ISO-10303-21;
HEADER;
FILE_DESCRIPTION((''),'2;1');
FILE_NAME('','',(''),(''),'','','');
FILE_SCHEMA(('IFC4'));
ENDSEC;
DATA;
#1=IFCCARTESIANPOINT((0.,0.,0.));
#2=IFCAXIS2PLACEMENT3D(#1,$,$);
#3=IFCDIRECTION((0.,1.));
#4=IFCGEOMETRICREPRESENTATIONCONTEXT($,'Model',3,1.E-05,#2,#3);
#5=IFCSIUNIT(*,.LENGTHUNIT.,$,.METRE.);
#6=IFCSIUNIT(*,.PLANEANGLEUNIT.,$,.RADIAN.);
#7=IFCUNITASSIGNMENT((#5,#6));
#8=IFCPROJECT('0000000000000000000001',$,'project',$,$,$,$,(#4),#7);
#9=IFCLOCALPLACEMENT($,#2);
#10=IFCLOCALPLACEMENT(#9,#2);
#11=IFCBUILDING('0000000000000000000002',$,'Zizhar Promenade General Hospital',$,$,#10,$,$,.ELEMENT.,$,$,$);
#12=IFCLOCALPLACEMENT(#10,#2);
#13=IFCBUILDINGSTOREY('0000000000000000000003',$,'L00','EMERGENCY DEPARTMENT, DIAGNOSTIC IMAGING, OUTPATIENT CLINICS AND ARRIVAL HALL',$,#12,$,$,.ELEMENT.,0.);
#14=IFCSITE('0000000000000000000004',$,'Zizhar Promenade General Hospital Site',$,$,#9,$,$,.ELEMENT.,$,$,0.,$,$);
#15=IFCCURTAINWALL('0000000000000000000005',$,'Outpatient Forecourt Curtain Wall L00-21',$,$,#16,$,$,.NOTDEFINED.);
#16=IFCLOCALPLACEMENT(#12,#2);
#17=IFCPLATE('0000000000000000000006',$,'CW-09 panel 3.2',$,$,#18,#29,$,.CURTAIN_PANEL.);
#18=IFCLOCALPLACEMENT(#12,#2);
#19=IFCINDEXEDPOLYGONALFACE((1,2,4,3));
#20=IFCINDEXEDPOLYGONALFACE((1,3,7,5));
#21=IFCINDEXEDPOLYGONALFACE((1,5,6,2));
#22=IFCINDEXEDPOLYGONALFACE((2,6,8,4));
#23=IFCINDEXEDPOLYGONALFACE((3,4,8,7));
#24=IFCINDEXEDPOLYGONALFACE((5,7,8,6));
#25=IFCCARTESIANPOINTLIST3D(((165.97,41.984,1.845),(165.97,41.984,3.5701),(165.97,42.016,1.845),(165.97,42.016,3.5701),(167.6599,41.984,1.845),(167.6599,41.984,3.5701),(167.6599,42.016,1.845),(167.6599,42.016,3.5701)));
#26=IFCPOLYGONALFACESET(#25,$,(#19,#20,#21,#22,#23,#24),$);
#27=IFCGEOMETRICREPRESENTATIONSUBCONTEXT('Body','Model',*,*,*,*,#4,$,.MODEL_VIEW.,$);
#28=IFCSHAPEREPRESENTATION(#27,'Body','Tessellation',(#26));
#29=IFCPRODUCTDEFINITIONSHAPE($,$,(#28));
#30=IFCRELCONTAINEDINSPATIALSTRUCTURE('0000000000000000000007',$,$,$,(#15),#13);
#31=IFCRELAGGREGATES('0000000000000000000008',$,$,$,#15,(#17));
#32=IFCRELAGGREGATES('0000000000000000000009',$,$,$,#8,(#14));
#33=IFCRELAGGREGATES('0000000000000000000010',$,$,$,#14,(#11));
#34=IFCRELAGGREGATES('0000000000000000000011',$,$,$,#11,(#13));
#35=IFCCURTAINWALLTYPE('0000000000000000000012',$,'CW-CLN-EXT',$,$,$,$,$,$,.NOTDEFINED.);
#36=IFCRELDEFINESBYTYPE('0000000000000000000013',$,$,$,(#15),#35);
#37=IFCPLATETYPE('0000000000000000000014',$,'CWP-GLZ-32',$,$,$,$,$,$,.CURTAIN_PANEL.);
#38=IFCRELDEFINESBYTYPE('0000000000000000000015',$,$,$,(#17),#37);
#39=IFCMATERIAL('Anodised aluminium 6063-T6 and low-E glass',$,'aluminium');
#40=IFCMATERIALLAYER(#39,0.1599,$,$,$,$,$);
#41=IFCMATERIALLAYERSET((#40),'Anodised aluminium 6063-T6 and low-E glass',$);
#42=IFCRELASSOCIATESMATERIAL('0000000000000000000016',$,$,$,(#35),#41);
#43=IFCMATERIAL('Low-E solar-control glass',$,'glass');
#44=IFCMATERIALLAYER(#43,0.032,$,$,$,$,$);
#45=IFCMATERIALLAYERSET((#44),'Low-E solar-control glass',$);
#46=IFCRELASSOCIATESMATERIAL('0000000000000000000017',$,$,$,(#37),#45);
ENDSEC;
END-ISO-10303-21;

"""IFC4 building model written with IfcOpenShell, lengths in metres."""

from ifc_helpers import new_model, si_unit, direction, frame, origin, origin_2d, place, context, subcontext, project, spatial, rectangle, extrude, material, layer, layer_set, type_object, element, aggregate, save


model = new_model("IFC4")

# Units and contexts
model_context = context("Model", 3, precision=1e-05, world=origin(), true_north=direction((0.0, 1.0)))
body_context = subcontext(model_context, "Body", "Model", "MODEL_VIEW")
ifc_project = project(units=[si_unit("LENGTHUNIT", "METRE"), si_unit("PLANEANGLEUNIT", "RADIAN")], contexts=[model_context])

# Site, building, storey
site_placement = place(None, origin())
site = spatial("IfcSite", under=ifc_project, at=site_placement, Name="Zizhar Promenade General Hospital Site", CompositionType="ELEMENT", RefElevation=0.0)
building_placement = place(site_placement, origin())
building = spatial("IfcBuilding", under=site, at=building_placement, Name="Zizhar Promenade General Hospital", CompositionType="ELEMENT")
storey_placement = place(building_placement, origin())
storey = spatial("IfcBuildingStorey", under=building, at=storey_placement, Name="L00", Description="EMERGENCY DEPARTMENT, DIAGNOSTIC IMAGING, OUTPATIENT CLINICS AND ARRIVAL HALL", CompositionType="ELEMENT", Elevation=0.0)

# Curtain wall, plate
ifc_material_1 = material(Name="Anodised aluminium 6063-T6 and low-E glass", Category="aluminium")
ifc_layer_1 = layer(ifc_material_1, 0.1599)
ifc_layer_set_1 = layer_set([ifc_layer_1], Name="Anodised aluminium 6063-T6 and low-E glass")
curtain_wall_type = type_object("IfcCurtainWallType", Name="CW-CLN-EXT", PredefinedType="NOTDEFINED", material=ifc_layer_set_1)
curtain_wall_placement = place(storey_placement, origin())
curtain_wall = element("IfcCurtainWall", 1, at=curtain_wall_placement, inside=storey, type_object=curtain_wall_type, Name="Outpatient Forecourt Curtain Wall L00-21", PredefinedType="NOTDEFINED")
ifc_material_2 = material(Name="Low-E solar-control glass", Category="glass")
ifc_layer_2 = layer(ifc_material_2, 0.032)
ifc_layer_set_2 = layer_set([ifc_layer_2], Name="Low-E solar-control glass")
plate_type = type_object("IfcPlateType", Name="CWP-GLZ-32", PredefinedType="CURTAIN_PANEL", material=ifc_layer_set_2)
plate_1_placement = place(storey_placement, frame((166.8149, 42.0, 1.845), z_axis=(0.0, 0.0, 1.0), x_axis=(-1.0, 0.0, 0.0)))
plate_1 = element("IfcPlate", 2, at=plate_1_placement, type_object=plate_type, Name="CW-09 panel 3.2", PredefinedType="CURTAIN_PANEL", context=body_context, shape_type="SweptSolid", body=[
    extrude(rectangle(XDim=1.6899, YDim=0.032, at=origin_2d()), origin(), (0.0, 0.0, 1.0), 1.7251),
])
aggregate(curtain_wall, [plate_1])

save(model, "model.ifc")
